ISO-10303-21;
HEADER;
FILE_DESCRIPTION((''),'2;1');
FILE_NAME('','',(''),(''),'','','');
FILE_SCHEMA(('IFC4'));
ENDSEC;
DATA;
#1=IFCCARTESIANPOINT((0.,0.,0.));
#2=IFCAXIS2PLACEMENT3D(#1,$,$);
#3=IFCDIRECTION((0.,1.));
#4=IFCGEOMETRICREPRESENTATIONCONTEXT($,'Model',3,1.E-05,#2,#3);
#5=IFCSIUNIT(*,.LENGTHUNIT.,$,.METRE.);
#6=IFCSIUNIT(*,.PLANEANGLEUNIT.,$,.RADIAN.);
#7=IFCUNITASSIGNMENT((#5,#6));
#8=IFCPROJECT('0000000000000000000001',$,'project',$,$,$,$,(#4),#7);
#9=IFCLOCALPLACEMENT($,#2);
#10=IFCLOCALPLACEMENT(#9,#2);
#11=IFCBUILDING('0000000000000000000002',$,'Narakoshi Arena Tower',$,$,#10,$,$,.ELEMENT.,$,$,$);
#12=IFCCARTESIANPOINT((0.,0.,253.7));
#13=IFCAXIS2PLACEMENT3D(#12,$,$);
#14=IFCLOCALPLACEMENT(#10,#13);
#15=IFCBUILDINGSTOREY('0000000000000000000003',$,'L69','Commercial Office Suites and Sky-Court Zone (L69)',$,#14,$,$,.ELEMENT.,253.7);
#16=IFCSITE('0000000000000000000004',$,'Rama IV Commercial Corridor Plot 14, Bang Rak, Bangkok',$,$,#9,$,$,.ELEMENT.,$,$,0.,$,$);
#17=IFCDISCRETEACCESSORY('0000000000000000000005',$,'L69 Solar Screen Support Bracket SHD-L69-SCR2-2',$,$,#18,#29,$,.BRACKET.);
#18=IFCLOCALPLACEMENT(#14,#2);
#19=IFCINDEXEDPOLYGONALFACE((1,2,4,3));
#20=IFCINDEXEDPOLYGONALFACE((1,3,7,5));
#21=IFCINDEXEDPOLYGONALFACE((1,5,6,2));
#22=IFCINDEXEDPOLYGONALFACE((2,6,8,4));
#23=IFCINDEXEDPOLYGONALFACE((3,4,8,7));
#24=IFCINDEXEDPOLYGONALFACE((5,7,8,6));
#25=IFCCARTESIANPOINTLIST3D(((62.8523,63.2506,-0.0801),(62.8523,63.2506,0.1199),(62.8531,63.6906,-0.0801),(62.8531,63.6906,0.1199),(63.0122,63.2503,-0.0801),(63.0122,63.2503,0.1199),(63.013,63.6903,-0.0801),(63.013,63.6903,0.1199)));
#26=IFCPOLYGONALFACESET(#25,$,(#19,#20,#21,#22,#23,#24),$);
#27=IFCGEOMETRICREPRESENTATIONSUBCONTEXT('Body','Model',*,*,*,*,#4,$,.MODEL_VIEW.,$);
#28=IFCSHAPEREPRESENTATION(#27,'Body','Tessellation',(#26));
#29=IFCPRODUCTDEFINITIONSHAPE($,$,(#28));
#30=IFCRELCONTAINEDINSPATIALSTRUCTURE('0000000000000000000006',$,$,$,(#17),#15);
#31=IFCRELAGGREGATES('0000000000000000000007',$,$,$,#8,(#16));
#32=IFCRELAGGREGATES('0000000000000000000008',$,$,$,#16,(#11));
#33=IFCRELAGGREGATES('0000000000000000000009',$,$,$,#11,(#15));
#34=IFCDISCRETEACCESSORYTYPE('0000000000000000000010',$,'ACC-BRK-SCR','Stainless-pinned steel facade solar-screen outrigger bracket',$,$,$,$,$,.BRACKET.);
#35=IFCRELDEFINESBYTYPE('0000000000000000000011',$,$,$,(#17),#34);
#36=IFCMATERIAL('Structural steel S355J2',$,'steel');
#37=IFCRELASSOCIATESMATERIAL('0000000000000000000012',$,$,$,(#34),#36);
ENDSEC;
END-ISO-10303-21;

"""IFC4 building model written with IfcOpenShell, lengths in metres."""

from ifc_helpers import new_model, si_unit, direction, frame, origin, origin_2d, place, context, subcontext, project, spatial, rectangle, extrude, material, type_object, element, save


model = new_model("IFC4")

# Units and contexts
model_context = context("Model", 3, precision=1e-05, world=origin(), true_north=direction((0.0, 1.0)))
body_context = subcontext(model_context, "Body", "Model", "MODEL_VIEW")
ifc_project = project(units=[si_unit("LENGTHUNIT", "METRE"), si_unit("PLANEANGLEUNIT", "RADIAN")], contexts=[model_context])

# Site, building, storey
site_placement = place(None, origin())
site = spatial("IfcSite", under=ifc_project, at=site_placement, Name="Rama IV Commercial Corridor Plot 14, Bang Rak, Bangkok", CompositionType="ELEMENT", RefElevation=0.0)
building_placement = place(site_placement, origin())
building = spatial("IfcBuilding", under=site, at=building_placement, Name="Narakoshi Arena Tower", CompositionType="ELEMENT")
storey_placement = place(building_placement, frame((0.0, 0.0, 253.7)))
storey = spatial("IfcBuildingStorey", under=building, at=storey_placement, Name="L69", Description="Commercial Office Suites and Sky-Court Zone (L69)", CompositionType="ELEMENT", Elevation=253.7)

# Shared definitions
ifc_material_1 = material(Name="Structural steel S355J2", Category="steel")

# Discrete accessory
discrete_accessory_type = type_object("IfcDiscreteAccessoryType", Name="ACC-BRK-SCR", Description="Stainless-pinned steel facade solar-screen outrigger bracket", PredefinedType="BRACKET", material=ifc_material_1)
discrete_accessory_placement = place(storey_placement, frame((62.9326, 63.4705, -0.0801), z_axis=(0.0, 0.0, 1.0), x_axis=(-0.999998, 0.001815, 0.0)))
element("IfcDiscreteAccessory", 1, at=discrete_accessory_placement, inside=storey, type_object=discrete_accessory_type, Name="L69 Solar Screen Support Bracket SHD-L69-SCR2-2", PredefinedType="BRACKET", context=body_context, shape_type="SweptSolid", body=[
    extrude(rectangle(XDim=0.1599, YDim=0.4399, at=origin_2d()), origin(), (0.0, 0.0, 1.0), 0.2),
])

save(model, "model.ifc")
